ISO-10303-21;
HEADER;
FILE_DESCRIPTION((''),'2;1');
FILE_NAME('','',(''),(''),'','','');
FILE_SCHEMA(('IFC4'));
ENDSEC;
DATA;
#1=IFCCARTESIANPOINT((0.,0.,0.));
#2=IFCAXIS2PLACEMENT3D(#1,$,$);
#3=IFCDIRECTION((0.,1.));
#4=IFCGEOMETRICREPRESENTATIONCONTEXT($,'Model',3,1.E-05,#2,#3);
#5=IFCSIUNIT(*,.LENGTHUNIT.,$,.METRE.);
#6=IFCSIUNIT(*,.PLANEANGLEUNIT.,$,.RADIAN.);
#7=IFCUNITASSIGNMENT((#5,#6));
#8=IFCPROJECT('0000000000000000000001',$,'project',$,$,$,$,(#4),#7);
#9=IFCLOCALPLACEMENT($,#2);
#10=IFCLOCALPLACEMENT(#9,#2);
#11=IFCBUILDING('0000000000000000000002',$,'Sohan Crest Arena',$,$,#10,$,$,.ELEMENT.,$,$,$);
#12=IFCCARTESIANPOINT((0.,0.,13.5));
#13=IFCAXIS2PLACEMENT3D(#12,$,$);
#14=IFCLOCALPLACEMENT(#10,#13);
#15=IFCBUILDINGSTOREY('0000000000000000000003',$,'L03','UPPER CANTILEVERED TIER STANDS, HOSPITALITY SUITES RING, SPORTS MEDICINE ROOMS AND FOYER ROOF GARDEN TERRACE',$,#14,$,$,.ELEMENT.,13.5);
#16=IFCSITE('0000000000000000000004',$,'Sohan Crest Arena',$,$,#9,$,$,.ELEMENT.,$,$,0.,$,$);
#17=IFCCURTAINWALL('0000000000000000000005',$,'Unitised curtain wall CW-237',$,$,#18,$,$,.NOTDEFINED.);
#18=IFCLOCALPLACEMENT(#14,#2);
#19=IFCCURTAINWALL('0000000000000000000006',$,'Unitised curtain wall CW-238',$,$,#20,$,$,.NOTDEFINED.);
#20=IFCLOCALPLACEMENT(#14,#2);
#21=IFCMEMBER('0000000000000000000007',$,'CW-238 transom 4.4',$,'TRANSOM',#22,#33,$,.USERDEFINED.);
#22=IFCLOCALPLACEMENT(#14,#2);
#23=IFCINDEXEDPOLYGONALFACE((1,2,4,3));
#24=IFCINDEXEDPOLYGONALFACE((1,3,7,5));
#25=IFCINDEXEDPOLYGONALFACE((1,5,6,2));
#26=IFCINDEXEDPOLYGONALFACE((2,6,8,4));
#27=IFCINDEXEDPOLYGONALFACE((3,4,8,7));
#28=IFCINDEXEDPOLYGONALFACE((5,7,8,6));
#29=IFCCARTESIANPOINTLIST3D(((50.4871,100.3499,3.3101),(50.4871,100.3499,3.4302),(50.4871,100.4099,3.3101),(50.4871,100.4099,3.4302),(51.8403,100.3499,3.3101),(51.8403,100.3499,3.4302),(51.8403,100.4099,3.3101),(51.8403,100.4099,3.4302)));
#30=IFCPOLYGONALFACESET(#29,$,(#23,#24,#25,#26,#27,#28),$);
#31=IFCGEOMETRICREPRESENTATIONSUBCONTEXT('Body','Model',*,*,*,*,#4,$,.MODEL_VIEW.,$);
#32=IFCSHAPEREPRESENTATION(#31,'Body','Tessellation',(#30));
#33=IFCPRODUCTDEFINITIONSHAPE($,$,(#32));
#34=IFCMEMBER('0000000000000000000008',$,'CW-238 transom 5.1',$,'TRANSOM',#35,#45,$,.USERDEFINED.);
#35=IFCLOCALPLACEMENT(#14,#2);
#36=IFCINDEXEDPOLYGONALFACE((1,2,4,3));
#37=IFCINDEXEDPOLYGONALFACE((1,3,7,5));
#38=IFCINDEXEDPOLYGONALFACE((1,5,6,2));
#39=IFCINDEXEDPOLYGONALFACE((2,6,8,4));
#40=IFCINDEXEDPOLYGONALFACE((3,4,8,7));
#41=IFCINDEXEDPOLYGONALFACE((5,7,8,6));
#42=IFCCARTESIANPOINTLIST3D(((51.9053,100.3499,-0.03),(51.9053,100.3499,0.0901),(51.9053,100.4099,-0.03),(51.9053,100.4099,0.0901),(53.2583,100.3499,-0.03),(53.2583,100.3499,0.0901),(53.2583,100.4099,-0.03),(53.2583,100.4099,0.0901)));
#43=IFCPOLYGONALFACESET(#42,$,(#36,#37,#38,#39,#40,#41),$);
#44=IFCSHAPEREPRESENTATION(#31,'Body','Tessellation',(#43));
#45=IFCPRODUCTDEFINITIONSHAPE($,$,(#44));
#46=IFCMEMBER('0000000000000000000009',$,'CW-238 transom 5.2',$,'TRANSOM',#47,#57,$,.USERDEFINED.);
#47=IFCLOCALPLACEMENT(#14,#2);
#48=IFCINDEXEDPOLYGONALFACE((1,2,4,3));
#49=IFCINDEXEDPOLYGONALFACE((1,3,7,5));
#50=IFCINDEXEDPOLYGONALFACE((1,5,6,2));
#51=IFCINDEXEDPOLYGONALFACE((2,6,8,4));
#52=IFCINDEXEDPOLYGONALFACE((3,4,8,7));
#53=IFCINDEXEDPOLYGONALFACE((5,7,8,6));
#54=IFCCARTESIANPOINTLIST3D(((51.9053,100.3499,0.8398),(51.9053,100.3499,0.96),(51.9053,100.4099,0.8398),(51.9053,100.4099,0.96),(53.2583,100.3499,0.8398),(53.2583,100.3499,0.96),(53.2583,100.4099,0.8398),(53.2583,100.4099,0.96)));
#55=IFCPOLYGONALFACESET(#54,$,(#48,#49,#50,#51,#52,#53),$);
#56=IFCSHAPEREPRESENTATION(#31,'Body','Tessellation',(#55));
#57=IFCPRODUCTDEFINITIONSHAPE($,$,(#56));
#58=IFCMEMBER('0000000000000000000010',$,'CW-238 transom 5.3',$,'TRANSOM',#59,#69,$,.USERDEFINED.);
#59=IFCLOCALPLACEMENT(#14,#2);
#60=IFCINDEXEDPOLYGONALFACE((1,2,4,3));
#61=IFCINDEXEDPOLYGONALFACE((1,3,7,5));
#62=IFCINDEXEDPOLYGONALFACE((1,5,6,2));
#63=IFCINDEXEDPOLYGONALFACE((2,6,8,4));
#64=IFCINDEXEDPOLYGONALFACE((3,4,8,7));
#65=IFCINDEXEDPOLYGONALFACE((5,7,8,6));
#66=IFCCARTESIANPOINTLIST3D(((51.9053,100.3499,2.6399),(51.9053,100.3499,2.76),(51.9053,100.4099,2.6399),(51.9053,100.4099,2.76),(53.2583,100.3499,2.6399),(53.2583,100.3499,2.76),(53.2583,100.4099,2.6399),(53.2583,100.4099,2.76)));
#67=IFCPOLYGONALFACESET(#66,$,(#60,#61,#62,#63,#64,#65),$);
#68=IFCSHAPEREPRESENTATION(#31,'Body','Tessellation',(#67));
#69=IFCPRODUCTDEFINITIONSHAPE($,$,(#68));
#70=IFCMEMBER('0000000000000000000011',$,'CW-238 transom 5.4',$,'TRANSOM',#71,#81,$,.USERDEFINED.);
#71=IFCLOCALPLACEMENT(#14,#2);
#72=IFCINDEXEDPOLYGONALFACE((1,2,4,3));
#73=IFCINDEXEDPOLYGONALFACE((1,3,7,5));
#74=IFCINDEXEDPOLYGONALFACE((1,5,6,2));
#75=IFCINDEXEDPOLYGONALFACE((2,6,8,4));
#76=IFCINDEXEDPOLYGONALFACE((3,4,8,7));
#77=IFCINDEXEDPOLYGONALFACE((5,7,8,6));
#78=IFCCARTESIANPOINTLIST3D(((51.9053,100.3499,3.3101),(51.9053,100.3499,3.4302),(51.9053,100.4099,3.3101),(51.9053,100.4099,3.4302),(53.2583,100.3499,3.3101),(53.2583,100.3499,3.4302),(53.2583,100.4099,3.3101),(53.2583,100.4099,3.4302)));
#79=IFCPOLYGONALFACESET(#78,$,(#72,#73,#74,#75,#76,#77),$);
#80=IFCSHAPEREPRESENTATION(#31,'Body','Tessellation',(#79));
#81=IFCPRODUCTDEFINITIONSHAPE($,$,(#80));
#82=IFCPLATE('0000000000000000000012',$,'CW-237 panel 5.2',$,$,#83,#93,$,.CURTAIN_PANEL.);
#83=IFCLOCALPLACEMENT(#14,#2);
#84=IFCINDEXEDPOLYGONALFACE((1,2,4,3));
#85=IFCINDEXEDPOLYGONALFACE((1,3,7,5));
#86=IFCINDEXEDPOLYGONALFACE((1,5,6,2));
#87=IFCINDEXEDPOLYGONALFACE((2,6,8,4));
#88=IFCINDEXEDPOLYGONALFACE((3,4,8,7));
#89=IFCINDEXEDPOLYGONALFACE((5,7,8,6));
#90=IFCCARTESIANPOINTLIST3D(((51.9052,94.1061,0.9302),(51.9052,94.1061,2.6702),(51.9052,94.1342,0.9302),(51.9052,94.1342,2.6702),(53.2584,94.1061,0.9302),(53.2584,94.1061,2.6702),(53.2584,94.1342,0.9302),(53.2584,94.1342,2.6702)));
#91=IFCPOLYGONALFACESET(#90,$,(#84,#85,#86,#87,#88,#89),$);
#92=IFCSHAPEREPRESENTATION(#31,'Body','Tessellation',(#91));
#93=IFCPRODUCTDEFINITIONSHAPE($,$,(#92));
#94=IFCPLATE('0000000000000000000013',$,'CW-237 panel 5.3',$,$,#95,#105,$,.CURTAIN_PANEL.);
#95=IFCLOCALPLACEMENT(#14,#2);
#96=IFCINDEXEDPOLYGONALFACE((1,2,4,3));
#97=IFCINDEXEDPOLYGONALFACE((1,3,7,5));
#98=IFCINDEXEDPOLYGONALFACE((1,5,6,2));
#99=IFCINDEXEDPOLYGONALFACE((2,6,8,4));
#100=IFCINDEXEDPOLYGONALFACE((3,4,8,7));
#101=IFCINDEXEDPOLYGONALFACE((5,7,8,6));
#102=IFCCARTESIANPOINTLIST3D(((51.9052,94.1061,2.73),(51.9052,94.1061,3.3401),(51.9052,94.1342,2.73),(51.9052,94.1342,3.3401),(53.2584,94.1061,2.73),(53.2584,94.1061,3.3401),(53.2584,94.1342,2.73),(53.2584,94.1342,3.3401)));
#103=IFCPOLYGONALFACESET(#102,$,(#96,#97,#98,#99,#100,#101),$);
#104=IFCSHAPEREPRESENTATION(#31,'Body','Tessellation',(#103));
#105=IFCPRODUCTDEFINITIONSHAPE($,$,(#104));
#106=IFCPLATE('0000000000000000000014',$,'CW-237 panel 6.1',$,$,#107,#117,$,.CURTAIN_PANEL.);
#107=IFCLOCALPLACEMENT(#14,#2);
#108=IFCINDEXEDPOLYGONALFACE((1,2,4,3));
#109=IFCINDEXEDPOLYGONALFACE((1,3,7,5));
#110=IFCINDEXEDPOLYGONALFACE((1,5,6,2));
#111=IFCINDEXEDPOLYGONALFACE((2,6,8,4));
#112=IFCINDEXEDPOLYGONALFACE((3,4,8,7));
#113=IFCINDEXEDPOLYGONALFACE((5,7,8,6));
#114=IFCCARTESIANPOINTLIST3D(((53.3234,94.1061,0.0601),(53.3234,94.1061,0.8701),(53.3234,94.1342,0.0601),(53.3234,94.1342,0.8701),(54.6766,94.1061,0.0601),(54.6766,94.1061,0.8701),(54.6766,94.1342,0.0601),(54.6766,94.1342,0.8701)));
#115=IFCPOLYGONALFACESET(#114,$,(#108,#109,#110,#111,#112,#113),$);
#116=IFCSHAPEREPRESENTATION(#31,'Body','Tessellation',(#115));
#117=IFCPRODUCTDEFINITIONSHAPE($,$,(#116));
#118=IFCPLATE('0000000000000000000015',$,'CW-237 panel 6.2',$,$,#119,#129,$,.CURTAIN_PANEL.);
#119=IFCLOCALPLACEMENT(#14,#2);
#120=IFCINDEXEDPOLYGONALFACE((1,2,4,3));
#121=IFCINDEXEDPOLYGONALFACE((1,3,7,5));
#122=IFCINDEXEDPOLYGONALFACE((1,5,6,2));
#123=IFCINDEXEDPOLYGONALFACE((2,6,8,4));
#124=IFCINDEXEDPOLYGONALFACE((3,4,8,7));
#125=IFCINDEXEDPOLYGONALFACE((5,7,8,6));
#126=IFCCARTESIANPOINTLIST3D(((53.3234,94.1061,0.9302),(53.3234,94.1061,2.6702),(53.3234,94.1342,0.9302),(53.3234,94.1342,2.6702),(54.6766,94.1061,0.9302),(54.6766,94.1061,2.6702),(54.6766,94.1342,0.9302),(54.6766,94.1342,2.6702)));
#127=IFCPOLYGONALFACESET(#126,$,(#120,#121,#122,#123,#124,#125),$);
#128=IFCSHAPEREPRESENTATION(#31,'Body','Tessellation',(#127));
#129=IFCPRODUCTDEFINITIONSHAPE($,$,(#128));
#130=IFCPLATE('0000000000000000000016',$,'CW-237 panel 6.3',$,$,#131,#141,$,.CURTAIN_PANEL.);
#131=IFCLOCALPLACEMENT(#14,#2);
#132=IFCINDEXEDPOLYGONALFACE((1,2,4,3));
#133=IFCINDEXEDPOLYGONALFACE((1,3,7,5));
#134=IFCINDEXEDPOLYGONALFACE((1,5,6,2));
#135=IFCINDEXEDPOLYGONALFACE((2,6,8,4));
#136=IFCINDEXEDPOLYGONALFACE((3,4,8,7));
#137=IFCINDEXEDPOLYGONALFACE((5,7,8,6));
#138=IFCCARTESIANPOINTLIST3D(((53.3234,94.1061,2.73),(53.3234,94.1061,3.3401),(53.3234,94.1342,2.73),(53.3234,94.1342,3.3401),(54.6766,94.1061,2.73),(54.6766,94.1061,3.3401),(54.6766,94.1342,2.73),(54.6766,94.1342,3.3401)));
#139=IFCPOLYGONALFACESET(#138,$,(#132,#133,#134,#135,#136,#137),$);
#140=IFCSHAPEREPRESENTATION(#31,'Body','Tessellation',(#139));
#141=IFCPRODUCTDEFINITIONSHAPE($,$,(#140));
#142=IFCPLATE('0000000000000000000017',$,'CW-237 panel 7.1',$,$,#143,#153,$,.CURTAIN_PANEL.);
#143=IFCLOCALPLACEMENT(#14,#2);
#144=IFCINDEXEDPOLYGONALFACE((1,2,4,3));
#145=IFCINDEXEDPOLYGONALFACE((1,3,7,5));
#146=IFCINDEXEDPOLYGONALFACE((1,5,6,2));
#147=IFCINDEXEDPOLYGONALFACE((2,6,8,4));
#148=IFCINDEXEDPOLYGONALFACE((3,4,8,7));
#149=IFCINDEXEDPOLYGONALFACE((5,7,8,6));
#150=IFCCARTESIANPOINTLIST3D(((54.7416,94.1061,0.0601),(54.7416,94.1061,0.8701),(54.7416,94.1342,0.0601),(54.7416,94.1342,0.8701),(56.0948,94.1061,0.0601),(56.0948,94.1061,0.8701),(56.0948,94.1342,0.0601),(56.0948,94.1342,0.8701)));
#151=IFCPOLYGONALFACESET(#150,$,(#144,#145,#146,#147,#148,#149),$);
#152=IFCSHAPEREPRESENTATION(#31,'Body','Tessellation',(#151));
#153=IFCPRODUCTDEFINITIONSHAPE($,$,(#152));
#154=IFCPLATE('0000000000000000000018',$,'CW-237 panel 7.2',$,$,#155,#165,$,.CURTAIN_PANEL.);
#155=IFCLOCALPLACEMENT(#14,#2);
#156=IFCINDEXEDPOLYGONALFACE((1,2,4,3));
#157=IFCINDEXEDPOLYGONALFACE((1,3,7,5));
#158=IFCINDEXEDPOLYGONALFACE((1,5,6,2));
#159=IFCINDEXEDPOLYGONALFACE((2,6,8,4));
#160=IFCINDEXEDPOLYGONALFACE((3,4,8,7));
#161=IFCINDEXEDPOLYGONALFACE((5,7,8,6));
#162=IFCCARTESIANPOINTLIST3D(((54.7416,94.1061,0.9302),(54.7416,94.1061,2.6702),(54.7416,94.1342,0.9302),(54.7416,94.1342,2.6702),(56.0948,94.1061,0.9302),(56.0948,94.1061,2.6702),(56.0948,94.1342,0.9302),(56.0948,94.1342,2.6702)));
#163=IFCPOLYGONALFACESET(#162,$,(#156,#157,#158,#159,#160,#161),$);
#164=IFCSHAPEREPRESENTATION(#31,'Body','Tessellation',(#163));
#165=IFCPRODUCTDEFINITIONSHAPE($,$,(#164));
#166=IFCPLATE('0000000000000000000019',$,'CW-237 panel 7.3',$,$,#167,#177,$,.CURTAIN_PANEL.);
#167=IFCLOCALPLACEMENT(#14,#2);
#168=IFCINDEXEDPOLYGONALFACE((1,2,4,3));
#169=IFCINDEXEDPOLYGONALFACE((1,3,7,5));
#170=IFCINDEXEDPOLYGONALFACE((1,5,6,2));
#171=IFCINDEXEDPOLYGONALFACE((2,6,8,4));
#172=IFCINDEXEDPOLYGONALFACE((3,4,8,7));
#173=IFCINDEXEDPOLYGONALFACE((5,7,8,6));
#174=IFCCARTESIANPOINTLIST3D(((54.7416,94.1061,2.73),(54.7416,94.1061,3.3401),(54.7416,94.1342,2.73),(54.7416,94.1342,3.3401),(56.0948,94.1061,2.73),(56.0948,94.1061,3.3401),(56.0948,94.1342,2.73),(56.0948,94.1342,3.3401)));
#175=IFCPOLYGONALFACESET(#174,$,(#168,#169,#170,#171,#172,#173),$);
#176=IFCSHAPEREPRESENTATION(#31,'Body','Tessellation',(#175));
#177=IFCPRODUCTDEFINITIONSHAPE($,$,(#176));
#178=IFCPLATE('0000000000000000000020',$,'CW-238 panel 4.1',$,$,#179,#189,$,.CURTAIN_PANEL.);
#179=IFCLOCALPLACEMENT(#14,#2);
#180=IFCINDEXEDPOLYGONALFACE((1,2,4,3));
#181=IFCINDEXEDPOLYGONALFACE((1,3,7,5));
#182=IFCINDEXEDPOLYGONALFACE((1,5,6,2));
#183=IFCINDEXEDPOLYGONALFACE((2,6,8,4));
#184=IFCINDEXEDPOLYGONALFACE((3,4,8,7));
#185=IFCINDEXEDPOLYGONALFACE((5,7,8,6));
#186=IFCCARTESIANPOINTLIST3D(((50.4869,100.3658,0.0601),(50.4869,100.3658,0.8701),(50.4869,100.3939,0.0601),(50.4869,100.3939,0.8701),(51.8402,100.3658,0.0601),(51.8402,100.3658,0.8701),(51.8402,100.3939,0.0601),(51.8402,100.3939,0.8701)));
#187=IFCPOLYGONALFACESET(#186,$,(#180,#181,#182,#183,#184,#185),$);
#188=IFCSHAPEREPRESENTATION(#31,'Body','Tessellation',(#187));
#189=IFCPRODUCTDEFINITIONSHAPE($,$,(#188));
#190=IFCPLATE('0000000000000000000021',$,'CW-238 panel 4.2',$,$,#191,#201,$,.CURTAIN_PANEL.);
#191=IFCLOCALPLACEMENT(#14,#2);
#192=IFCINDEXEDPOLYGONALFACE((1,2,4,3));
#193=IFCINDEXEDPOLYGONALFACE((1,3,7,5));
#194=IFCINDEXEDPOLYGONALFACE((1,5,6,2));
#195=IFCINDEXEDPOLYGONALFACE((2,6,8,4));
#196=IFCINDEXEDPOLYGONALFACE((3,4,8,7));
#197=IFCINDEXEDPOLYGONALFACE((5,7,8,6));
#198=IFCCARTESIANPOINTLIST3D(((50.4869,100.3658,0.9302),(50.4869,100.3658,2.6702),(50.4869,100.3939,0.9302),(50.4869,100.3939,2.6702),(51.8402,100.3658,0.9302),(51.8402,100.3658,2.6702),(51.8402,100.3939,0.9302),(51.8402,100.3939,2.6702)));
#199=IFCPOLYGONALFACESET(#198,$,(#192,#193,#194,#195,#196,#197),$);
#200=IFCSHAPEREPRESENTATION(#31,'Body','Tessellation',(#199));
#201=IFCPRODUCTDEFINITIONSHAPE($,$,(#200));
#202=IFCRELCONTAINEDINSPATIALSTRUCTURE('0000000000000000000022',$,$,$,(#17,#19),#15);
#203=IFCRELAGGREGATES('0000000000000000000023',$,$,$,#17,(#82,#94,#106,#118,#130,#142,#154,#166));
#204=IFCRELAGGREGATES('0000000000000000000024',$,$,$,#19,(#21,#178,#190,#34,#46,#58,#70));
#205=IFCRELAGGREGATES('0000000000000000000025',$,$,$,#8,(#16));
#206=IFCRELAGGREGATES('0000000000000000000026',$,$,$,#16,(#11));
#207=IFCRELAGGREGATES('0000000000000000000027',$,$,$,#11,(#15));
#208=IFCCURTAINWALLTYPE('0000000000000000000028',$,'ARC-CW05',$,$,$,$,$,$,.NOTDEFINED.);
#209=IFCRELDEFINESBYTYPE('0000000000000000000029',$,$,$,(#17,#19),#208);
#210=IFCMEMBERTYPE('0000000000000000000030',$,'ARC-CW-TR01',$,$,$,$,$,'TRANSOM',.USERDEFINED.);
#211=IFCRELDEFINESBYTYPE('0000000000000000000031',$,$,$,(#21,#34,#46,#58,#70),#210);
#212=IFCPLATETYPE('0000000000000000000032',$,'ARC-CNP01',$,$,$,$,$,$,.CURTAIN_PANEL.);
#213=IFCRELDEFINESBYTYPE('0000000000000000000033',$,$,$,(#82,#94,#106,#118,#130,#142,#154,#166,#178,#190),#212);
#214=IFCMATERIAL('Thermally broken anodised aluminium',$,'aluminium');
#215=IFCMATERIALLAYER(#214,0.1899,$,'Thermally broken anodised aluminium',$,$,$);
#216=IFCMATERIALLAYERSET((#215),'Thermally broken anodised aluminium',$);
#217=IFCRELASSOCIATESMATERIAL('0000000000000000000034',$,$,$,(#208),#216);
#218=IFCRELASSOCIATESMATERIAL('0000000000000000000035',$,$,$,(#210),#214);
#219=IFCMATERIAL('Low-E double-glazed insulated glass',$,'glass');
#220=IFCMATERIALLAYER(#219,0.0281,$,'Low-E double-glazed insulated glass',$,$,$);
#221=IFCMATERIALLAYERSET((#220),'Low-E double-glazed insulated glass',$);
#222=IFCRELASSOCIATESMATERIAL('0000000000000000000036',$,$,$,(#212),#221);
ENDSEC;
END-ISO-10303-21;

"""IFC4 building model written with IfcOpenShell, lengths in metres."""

from ifc_helpers import new_model, si_unit, direction, frame, origin, origin_2d, place, context, subcontext, project, spatial, rectangle, extrude, material, layer, layer_set, material_profile, profile_set, type_object, element, aggregate, save


model = new_model("IFC4")

# Units and contexts
model_context = context("Model", 3, precision=1e-05, world=origin(), true_north=direction((0.0, 1.0)))
body_context = subcontext(model_context, "Body", "Model", "MODEL_VIEW")
ifc_project = project(units=[si_unit("LENGTHUNIT", "METRE"), si_unit("PLANEANGLEUNIT", "RADIAN")], contexts=[model_context])

# Site, building, storey
site_placement = place(None, origin())
site = spatial("IfcSite", under=ifc_project, at=site_placement, Name="Sohan Crest Arena", CompositionType="ELEMENT", RefElevation=0.0)
building_placement = place(site_placement, origin())
building = spatial("IfcBuilding", under=site, at=building_placement, Name="Sohan Crest Arena", CompositionType="ELEMENT")
storey_placement = place(building_placement, frame((0.0, 0.0, 13.5)))
storey = spatial("IfcBuildingStorey", under=building, at=storey_placement, Name="L03", Description="UPPER CANTILEVERED TIER STANDS, HOSPITALITY SUITES RING, SPORTS MEDICINE ROOMS AND FOYER ROOF GARDEN TERRACE", CompositionType="ELEMENT", Elevation=13.5)

# Curtain walls
ifc_material_1 = material(Name="Thermally broken anodised aluminium", Category="aluminium")
ifc_layer_1 = layer(ifc_material_1, 0.1899, Name="Thermally broken anodised aluminium")
ifc_layer_set_1 = layer_set([ifc_layer_1], Name="Thermally broken anodised aluminium")
curtain_wall_type = type_object("IfcCurtainWallType", Name="ARC-CW05", PredefinedType="NOTDEFINED", material=ifc_layer_set_1)
curtain_wall_1_placement = place(storey_placement, origin())
curtain_wall_1 = element("IfcCurtainWall", 1, at=curtain_wall_1_placement, inside=storey, type_object=curtain_wall_type, Name="Unitised curtain wall CW-237", PredefinedType="NOTDEFINED")
curtain_wall_2_placement = place(storey_placement, origin())
curtain_wall_2 = element("IfcCurtainWall", 2, at=curtain_wall_2_placement, inside=storey, type_object=curtain_wall_type, Name="Unitised curtain wall CW-238", PredefinedType="NOTDEFINED")

# Members
ifc_material_profile_1 = material_profile(ifc_material_1, rectangle(XDim=0.0601, YDim=0.1201, at=origin_2d()), Name="ALU-TRAN 60x120")
ifc_profile_set_1 = profile_set([ifc_material_profile_1], Name="Thermally broken anodised aluminium")
member_type_1 = type_object("IfcMemberType", Name="ARC-CW-TR01", ElementType="TRANSOM", PredefinedType="USERDEFINED", material=ifc_profile_set_1)
member_1_placement = place(storey_placement, frame((50.4871, 100.3799, 3.3701), z_axis=(1.0, 0.0, 0.0), x_axis=(0.0, 1.0, 0.0)))
member_1 = element("IfcMember", 3, at=member_1_placement, type_object=member_type_1, Name="CW-238 transom 4.4", ObjectType="TRANSOM", PredefinedType="USERDEFINED", context=body_context, shape_type="SweptSolid", body=[
    extrude(rectangle(XDim=0.0601, YDim=0.1201, at=origin_2d()), origin(), (0.0, 0.0, 1.0), 1.3533),
])
member_2_placement = place(storey_placement, frame((51.9053, 100.3799, 0.03), z_axis=(1.0, 0.0, 0.0), x_axis=(0.0, 1.0, 0.0)))
member_2 = element("IfcMember", 4, at=member_2_placement, type_object=member_type_1, Name="CW-238 transom 5.1", ObjectType="TRANSOM", PredefinedType="USERDEFINED", context=body_context, shape_type="SweptSolid", body=[
    extrude(rectangle(XDim=0.0601, YDim=0.1201, at=origin_2d()), origin(), (0.0, 0.0, 1.0), 1.353),
])
member_3_placement = place(storey_placement, frame((51.9053, 100.3799, 0.8999), z_axis=(1.0, 0.0, 0.0), x_axis=(0.0, 1.0, 0.0)))
member_3 = element("IfcMember", 5, at=member_3_placement, type_object=member_type_1, Name="CW-238 transom 5.2", ObjectType="TRANSOM", PredefinedType="USERDEFINED", context=body_context, shape_type="SweptSolid", body=[
    extrude(rectangle(XDim=0.0601, YDim=0.1201, at=origin_2d()), origin(), (0.0, 0.0, 1.0), 1.353),
])
member_4_placement = place(storey_placement, frame((51.9053, 100.3799, 2.7), z_axis=(1.0, 0.0, 0.0), x_axis=(0.0, 1.0, 0.0)))
member_4 = element("IfcMember", 6, at=member_4_placement, type_object=member_type_1, Name="CW-238 transom 5.3", ObjectType="TRANSOM", PredefinedType="USERDEFINED", context=body_context, shape_type="SweptSolid", body=[
    extrude(rectangle(XDim=0.0601, YDim=0.1201, at=origin_2d()), origin(), (0.0, 0.0, 1.0), 1.353),
])
member_5_placement = place(storey_placement, frame((51.9053, 100.3799, 3.3701), z_axis=(1.0, 0.0, 0.0), x_axis=(0.0, 1.0, 0.0)))
member_5 = element("IfcMember", 7, at=member_5_placement, type_object=member_type_1, Name="CW-238 transom 5.4", ObjectType="TRANSOM", PredefinedType="USERDEFINED", context=body_context, shape_type="SweptSolid", body=[
    extrude(rectangle(XDim=0.0601, YDim=0.1201, at=origin_2d()), origin(), (0.0, 0.0, 1.0), 1.353),
])

# Plates
ifc_material_2 = material(Name="Low-E double-glazed insulated glass", Category="glass")
ifc_layer_2 = layer(ifc_material_2, 0.0281, Name="Low-E double-glazed insulated glass")
ifc_layer_set_2 = layer_set([ifc_layer_2], Name="Low-E double-glazed insulated glass")
plate_type = type_object("IfcPlateType", Name="ARC-CNP01", PredefinedType="CURTAIN_PANEL", material=ifc_layer_set_2)
plate_1_placement = place(storey_placement, frame((52.5818, 94.1201, 0.9302), z_axis=(0.0, 0.0, 1.0), x_axis=(1.0, 0.0, 0.0)))
plate_1 = element("IfcPlate", 8, at=plate_1_placement, type_object=plate_type, Name="CW-237 panel 5.2", PredefinedType="CURTAIN_PANEL", context=body_context, shape_type="SweptSolid", body=[
    extrude(rectangle(XDim=1.3533, YDim=0.0281, at=origin_2d()), origin(), (0.0, 0.0, 1.0), 1.74),
])
plate_2_placement = place(storey_placement, frame((52.5818, 94.1201, 2.73), z_axis=(0.0, 0.0, 1.0), x_axis=(1.0, 0.0, 0.0)))
plate_2 = element("IfcPlate", 9, at=plate_2_placement, type_object=plate_type, Name="CW-237 panel 5.3", PredefinedType="CURTAIN_PANEL", context=body_context, shape_type="SweptSolid", body=[
    extrude(rectangle(XDim=1.3533, YDim=0.0281, at=origin_2d()), origin(), (0.0, 0.0, 1.0), 0.6101),
])
plate_3_placement = place(storey_placement, frame((54.0, 94.1201, 0.0601), z_axis=(0.0, 0.0, 1.0), x_axis=(1.0, 0.0, 0.0)))
plate_3 = element("IfcPlate", 10, at=plate_3_placement, type_object=plate_type, Name="CW-237 panel 6.1", PredefinedType="CURTAIN_PANEL", context=body_context, shape_type="SweptSolid", body=[
    extrude(rectangle(XDim=1.3533, YDim=0.0281, at=origin_2d()), origin(), (0.0, 0.0, 1.0), 0.8101),
])
plate_4_placement = place(storey_placement, frame((54.0, 94.1201, 0.9302), z_axis=(0.0, 0.0, 1.0), x_axis=(1.0, 0.0, 0.0)))
plate_4 = element("IfcPlate", 11, at=plate_4_placement, type_object=plate_type, Name="CW-237 panel 6.2", PredefinedType="CURTAIN_PANEL", context=body_context, shape_type="SweptSolid", body=[
    extrude(rectangle(XDim=1.3533, YDim=0.0281, at=origin_2d()), origin(), (0.0, 0.0, 1.0), 1.74),
])
plate_5_placement = place(storey_placement, frame((54.0, 94.1201, 2.73), z_axis=(0.0, 0.0, 1.0), x_axis=(1.0, 0.0, 0.0)))
plate_5 = element("IfcPlate", 12, at=plate_5_placement, type_object=plate_type, Name="CW-237 panel 6.3", PredefinedType="CURTAIN_PANEL", context=body_context, shape_type="SweptSolid", body=[
    extrude(rectangle(XDim=1.3533, YDim=0.0281, at=origin_2d()), origin(), (0.0, 0.0, 1.0), 0.6101),
])
plate_6_placement = place(storey_placement, frame((55.4182, 94.1201, 0.0601), z_axis=(0.0, 0.0, 1.0), x_axis=(1.0, 0.0, 0.0)))
plate_6 = element("IfcPlate", 13, at=plate_6_placement, type_object=plate_type, Name="CW-237 panel 7.1", PredefinedType="CURTAIN_PANEL", context=body_context, shape_type="SweptSolid", body=[
    extrude(rectangle(XDim=1.3533, YDim=0.0281, at=origin_2d()), origin(), (0.0, 0.0, 1.0), 0.8101),
])
plate_7_placement = place(storey_placement, frame((55.4182, 94.1201, 0.9302), z_axis=(0.0, 0.0, 1.0), x_axis=(1.0, 0.0, 0.0)))
plate_7 = element("IfcPlate", 14, at=plate_7_placement, type_object=plate_type, Name="CW-237 panel 7.2", PredefinedType="CURTAIN_PANEL", context=body_context, shape_type="SweptSolid", body=[
    extrude(rectangle(XDim=1.3533, YDim=0.0281, at=origin_2d()), origin(), (0.0, 0.0, 1.0), 1.74),
])
plate_8_placement = place(storey_placement, frame((55.4182, 94.1201, 2.73), z_axis=(0.0, 0.0, 1.0), x_axis=(1.0, 0.0, 0.0)))
plate_8 = element("IfcPlate", 15, at=plate_8_placement, type_object=plate_type, Name="CW-237 panel 7.3", PredefinedType="CURTAIN_PANEL", context=body_context, shape_type="SweptSolid", body=[
    extrude(rectangle(XDim=1.3533, YDim=0.0281, at=origin_2d()), origin(), (0.0, 0.0, 1.0), 0.6101),
])
aggregate(curtain_wall_1, [plate_1, plate_2, plate_3, plate_4, plate_5, plate_6, plate_7, plate_8])
plate_9_placement = place(storey_placement, frame((51.1636, 100.3799, 0.0601), z_axis=(0.0, 0.0, 1.0), x_axis=(1.0, 0.0, 0.0)))
plate_9 = element("IfcPlate", 16, at=plate_9_placement, type_object=plate_type, Name="CW-238 panel 4.1", PredefinedType="CURTAIN_PANEL", context=body_context, shape_type="SweptSolid", body=[
    extrude(rectangle(XDim=1.3533, YDim=0.0281, at=origin_2d()), origin(), (0.0, 0.0, 1.0), 0.8101),
])
plate_10_placement = place(storey_placement, frame((51.1636, 100.3799, 0.9302), z_axis=(0.0, 0.0, 1.0), x_axis=(1.0, 0.0, 0.0)))
plate_10 = element("IfcPlate", 17, at=plate_10_placement, type_object=plate_type, Name="CW-238 panel 4.2", PredefinedType="CURTAIN_PANEL", context=body_context, shape_type="SweptSolid", body=[
    extrude(rectangle(XDim=1.3533, YDim=0.0281, at=origin_2d()), origin(), (0.0, 0.0, 1.0), 1.74),
])
aggregate(curtain_wall_2, [member_1, plate_9, plate_10, member_2, member_3, member_4, member_5])

save(model, "model.ifc")
